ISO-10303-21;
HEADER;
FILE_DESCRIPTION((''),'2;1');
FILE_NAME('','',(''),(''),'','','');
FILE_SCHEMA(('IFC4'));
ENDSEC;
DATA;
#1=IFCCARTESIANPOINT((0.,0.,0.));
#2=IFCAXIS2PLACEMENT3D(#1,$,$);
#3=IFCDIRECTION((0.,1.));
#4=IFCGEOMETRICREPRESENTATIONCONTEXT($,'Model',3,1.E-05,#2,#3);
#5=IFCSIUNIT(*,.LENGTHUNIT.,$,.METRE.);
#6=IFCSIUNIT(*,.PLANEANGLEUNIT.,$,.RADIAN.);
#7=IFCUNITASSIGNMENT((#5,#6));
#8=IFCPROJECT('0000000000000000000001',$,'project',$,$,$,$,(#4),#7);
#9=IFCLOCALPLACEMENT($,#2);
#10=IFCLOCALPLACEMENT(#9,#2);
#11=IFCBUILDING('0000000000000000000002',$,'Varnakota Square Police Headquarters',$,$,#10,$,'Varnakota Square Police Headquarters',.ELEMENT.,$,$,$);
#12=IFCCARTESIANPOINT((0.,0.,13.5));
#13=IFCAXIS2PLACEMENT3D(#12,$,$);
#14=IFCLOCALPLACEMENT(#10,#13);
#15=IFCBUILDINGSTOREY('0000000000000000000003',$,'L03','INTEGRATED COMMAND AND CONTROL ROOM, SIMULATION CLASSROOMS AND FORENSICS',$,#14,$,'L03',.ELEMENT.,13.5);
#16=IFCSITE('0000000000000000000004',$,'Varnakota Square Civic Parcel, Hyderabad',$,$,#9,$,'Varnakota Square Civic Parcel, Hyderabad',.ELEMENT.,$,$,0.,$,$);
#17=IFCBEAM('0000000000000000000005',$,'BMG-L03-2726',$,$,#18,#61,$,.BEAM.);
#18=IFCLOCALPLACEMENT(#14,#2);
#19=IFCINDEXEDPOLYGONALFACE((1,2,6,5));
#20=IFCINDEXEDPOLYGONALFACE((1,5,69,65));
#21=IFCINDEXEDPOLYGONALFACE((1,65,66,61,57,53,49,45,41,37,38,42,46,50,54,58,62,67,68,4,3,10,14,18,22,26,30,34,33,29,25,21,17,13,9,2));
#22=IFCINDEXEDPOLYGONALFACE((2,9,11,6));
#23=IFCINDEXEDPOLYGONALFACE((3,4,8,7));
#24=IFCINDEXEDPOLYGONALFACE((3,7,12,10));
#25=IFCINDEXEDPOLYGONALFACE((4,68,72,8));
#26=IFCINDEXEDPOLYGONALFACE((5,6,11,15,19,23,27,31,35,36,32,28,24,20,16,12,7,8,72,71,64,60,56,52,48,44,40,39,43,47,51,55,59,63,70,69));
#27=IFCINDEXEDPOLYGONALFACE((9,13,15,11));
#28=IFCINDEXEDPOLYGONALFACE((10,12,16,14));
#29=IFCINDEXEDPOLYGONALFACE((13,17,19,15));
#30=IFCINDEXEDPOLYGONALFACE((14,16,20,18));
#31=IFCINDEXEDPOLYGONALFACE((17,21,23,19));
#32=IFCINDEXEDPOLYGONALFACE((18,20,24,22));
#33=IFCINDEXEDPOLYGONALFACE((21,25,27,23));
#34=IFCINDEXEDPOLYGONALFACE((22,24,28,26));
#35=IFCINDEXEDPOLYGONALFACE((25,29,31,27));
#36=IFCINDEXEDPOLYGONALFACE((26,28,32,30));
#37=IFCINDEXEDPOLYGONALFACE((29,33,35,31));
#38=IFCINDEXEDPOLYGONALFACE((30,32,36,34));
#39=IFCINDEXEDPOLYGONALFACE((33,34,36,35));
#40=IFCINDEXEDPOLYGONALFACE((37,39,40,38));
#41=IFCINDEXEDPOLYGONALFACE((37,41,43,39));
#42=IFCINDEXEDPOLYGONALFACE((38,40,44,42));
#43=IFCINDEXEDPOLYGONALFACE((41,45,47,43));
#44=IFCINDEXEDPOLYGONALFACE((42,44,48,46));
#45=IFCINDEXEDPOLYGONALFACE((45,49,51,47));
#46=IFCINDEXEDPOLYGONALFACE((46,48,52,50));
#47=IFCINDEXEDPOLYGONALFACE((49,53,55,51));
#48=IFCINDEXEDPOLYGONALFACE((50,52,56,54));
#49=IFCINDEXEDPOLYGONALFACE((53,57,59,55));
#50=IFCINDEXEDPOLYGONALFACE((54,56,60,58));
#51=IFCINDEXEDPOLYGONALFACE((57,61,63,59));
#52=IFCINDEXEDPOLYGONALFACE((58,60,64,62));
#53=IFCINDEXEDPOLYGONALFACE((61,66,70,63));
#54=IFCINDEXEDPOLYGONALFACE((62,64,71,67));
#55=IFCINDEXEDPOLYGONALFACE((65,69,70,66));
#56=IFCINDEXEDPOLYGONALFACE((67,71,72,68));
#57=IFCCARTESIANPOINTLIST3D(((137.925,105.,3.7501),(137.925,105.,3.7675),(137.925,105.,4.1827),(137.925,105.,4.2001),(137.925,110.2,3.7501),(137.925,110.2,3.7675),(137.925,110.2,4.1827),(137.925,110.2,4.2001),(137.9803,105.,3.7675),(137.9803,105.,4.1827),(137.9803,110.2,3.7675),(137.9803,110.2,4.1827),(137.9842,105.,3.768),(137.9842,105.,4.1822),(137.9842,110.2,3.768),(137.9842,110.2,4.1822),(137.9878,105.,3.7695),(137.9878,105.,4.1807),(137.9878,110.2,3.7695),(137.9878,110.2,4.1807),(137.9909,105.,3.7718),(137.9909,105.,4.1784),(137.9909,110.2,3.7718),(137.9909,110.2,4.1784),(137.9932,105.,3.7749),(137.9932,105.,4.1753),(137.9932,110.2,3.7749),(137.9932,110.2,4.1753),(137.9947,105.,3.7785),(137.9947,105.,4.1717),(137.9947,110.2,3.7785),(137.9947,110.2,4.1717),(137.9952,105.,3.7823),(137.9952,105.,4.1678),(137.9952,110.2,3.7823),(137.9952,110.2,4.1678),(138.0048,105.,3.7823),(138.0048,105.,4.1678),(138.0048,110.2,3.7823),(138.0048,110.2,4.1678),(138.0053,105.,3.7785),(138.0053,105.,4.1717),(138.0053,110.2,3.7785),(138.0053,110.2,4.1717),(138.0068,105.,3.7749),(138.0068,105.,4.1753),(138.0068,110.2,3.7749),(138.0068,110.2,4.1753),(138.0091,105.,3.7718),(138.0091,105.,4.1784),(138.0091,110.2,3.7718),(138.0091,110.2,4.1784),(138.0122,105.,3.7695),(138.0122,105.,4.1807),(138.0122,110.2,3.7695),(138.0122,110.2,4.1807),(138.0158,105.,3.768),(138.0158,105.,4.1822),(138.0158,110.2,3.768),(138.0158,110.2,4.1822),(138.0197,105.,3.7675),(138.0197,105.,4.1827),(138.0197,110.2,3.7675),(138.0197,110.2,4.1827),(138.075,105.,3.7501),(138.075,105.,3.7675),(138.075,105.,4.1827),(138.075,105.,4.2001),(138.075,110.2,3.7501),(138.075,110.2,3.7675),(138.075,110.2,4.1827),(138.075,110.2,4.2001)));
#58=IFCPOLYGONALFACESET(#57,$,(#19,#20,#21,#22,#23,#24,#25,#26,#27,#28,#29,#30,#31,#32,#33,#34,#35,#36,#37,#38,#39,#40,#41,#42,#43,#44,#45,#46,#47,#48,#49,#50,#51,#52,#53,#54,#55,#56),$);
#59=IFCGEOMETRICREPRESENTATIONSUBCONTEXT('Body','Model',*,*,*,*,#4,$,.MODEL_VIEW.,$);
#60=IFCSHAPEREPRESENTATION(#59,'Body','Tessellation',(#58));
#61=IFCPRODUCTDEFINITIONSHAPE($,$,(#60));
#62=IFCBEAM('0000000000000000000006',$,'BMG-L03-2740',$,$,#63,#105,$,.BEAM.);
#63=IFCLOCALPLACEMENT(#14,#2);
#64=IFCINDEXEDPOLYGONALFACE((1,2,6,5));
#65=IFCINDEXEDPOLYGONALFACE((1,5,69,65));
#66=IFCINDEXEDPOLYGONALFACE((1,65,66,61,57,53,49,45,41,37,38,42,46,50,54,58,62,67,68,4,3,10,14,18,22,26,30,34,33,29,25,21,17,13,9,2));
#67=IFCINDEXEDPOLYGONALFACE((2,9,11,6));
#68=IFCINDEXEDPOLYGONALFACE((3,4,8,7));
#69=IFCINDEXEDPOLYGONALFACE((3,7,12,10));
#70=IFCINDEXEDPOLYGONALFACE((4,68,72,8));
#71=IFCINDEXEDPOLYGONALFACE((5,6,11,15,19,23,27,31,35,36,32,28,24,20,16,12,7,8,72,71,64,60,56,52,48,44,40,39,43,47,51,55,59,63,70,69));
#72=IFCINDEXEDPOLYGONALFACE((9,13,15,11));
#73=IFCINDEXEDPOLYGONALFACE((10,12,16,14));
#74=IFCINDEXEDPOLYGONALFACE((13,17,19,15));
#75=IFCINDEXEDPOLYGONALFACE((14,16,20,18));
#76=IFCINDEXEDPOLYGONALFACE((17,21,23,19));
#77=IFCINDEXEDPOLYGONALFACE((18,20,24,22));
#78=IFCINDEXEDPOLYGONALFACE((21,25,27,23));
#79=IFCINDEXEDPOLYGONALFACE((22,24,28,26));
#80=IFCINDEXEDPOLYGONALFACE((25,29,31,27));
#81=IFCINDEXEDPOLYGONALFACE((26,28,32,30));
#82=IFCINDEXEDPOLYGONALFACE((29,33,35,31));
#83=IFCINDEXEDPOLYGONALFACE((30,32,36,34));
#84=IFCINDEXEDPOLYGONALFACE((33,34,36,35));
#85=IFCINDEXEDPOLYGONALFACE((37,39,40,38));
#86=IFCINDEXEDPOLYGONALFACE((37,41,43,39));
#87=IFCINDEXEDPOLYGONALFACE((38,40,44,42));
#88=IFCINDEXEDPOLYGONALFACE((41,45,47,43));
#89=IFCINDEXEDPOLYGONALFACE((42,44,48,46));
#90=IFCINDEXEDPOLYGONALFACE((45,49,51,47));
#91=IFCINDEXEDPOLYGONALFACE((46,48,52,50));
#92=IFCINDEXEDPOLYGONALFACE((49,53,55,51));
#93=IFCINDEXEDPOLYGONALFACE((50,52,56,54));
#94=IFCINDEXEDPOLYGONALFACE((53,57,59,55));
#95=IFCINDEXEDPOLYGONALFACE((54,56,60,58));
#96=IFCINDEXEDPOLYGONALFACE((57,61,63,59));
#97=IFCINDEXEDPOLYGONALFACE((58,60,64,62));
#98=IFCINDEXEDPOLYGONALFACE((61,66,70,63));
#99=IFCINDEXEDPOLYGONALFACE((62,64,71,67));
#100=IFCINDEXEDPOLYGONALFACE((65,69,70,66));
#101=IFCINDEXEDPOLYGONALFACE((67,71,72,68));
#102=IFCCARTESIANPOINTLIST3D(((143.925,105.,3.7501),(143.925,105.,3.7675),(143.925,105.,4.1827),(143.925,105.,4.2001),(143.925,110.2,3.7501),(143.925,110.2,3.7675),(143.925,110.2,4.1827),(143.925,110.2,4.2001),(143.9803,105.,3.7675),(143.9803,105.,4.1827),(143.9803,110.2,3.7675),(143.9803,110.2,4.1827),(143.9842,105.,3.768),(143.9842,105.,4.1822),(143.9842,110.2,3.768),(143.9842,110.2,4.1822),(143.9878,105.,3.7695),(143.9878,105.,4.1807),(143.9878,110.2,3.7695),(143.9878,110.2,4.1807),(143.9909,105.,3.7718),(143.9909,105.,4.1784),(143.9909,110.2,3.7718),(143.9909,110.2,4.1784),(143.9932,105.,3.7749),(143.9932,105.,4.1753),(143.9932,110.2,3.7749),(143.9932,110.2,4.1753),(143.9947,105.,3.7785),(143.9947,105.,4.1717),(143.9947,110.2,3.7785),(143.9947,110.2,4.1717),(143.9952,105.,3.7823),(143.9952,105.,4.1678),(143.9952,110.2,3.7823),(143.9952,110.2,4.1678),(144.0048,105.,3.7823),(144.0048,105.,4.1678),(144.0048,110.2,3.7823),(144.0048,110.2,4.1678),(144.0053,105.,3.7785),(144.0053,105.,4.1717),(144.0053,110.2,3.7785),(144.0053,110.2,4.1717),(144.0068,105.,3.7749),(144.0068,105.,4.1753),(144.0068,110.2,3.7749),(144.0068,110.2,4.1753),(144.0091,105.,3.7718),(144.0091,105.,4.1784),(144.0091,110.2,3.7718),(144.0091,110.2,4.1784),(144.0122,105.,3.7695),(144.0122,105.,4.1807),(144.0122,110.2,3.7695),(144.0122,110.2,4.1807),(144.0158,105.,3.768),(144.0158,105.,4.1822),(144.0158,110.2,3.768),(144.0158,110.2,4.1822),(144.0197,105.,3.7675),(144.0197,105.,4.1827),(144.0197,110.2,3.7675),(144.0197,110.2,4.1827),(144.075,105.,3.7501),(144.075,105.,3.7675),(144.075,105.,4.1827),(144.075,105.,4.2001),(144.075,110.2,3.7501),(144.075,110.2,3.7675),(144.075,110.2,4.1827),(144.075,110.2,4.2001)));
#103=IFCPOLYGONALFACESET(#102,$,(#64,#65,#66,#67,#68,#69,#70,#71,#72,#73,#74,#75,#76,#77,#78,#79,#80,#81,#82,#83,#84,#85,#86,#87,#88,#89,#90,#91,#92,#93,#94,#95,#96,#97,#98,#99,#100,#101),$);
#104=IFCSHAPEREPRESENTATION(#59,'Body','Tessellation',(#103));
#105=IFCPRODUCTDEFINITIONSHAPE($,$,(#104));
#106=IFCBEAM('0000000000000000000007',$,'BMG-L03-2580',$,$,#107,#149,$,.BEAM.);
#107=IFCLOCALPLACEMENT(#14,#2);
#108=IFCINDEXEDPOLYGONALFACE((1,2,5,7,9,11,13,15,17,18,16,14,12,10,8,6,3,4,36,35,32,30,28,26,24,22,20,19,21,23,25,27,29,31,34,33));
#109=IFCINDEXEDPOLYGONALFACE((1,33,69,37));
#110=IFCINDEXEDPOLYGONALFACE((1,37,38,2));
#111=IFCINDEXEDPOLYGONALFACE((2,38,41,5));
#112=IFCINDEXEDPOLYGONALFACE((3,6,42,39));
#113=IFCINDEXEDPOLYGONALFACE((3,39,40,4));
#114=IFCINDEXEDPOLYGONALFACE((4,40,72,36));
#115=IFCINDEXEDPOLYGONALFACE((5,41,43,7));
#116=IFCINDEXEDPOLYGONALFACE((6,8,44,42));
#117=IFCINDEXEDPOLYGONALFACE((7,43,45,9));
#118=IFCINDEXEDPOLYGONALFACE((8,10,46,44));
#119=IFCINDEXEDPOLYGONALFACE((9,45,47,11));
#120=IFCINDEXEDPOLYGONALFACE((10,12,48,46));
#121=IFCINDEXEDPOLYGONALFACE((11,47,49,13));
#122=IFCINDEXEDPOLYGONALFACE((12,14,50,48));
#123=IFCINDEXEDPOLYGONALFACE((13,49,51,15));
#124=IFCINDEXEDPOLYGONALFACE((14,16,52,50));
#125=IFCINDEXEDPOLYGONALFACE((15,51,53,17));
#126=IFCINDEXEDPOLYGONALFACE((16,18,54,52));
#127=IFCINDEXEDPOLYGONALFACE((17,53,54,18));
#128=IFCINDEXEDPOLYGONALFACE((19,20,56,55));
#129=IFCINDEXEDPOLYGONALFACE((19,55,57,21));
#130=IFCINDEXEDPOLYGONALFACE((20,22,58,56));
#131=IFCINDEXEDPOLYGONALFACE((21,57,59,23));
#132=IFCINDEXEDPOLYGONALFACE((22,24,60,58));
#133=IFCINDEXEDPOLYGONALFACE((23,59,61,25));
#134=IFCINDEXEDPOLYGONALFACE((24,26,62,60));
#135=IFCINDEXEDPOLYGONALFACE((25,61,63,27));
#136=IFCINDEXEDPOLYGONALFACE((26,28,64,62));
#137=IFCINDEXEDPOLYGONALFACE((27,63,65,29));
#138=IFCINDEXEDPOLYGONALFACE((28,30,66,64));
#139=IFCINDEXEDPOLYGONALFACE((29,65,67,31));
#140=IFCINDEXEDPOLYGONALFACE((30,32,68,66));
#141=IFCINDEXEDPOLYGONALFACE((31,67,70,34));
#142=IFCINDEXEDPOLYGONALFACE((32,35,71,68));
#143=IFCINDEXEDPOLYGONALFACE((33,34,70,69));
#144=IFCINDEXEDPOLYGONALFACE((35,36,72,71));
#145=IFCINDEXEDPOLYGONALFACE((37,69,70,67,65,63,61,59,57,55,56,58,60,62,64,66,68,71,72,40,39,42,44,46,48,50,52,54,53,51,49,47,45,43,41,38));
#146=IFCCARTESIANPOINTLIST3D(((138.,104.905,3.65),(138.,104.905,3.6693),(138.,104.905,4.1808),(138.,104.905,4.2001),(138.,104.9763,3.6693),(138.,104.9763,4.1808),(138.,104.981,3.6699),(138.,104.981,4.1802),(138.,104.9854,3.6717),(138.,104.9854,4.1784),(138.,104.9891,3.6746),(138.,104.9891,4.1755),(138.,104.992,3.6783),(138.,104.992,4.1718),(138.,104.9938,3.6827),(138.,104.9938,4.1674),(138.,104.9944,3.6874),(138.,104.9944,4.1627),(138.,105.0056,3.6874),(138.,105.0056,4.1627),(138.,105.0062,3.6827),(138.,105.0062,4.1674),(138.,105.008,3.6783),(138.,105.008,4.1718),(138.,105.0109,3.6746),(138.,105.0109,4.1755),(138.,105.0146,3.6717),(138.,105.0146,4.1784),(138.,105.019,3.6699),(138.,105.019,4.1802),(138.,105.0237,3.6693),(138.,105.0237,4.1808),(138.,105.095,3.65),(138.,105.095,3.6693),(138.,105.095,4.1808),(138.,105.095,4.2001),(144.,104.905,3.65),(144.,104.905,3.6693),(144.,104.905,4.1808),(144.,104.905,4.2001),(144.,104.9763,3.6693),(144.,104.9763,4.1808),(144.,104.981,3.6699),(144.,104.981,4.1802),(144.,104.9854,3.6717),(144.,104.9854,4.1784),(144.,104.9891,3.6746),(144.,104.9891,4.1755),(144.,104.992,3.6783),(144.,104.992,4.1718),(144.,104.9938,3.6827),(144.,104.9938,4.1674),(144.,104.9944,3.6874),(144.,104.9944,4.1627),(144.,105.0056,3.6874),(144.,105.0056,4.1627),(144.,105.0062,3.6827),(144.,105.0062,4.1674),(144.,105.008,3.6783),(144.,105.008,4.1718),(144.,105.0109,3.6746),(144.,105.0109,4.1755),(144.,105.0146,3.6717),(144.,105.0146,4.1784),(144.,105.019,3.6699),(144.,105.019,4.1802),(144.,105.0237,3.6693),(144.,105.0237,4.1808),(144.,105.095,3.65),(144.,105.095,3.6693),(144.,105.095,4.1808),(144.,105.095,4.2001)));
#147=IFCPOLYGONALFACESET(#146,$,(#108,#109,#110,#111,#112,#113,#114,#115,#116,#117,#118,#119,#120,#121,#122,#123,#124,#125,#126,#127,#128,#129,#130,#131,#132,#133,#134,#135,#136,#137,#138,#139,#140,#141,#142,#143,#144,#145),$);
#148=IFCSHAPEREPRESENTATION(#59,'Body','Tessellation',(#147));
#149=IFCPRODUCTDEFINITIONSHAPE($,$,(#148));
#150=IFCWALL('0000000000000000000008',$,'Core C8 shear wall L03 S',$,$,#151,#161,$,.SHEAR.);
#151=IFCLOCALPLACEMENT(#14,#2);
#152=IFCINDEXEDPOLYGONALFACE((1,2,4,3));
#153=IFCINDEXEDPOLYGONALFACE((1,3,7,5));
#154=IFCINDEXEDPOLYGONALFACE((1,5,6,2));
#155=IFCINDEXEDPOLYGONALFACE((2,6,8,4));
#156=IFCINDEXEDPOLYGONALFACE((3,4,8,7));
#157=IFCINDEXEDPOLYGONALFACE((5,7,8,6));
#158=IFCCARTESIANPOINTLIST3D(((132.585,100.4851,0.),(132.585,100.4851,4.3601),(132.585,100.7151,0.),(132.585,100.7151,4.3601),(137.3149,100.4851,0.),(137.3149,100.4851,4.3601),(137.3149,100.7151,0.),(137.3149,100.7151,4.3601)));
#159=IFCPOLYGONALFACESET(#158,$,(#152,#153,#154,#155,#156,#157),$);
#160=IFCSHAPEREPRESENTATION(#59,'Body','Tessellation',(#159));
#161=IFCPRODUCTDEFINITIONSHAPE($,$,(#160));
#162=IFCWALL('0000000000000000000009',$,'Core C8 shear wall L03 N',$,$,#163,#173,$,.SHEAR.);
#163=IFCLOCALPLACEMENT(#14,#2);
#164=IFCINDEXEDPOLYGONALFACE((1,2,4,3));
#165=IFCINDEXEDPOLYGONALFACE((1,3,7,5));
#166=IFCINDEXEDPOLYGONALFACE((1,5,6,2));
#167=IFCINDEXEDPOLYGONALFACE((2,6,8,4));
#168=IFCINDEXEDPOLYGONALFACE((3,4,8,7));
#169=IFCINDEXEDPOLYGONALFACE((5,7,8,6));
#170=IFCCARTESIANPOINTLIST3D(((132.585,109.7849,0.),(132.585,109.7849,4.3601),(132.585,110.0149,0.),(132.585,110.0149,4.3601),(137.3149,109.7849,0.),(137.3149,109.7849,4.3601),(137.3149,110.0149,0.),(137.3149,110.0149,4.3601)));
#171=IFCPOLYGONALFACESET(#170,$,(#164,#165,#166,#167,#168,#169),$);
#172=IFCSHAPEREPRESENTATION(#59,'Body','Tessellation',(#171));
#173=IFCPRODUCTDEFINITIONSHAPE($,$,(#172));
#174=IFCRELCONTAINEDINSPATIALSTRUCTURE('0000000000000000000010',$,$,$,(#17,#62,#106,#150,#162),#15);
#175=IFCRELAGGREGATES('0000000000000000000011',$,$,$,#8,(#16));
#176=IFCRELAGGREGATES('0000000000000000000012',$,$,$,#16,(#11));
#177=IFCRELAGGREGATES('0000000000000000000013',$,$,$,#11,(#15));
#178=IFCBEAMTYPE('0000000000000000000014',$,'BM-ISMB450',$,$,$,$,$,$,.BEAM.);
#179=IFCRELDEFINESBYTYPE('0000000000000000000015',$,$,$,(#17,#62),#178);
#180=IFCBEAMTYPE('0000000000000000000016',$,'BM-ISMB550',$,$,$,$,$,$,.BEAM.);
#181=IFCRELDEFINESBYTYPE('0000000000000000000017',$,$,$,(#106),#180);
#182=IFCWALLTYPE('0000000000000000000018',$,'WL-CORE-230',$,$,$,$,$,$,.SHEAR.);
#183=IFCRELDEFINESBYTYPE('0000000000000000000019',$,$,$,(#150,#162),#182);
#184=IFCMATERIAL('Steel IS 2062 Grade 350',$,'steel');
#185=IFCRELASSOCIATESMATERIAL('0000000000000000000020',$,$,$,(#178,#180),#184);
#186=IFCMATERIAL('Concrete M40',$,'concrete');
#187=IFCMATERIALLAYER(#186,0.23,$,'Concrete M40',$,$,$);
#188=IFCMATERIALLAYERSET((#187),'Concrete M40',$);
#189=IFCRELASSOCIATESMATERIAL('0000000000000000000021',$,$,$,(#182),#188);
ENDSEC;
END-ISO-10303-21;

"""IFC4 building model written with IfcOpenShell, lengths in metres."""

from ifc_helpers import new_model, si_unit, direction, frame, frame_2d, origin, origin_2d, place, context, subcontext, project, spatial, rectangle, i_section, extrude, material, layer, layer_set, material_profile, profile_set, type_object, element, save


model = new_model("IFC4")

# Units and contexts
model_context = context("Model", 3, precision=1e-05, world=origin(), true_north=direction((0.0, 1.0)))
body_context = subcontext(model_context, "Body", "Model", "MODEL_VIEW")
ifc_project = project(units=[si_unit("LENGTHUNIT", "METRE"), si_unit("PLANEANGLEUNIT", "RADIAN")], contexts=[model_context])

# Site, building, storey
site_placement = place(None, origin())
site = spatial("IfcSite", under=ifc_project, at=site_placement, Name="Varnakota Square Civic Parcel, Hyderabad", LongName="Varnakota Square Civic Parcel, Hyderabad", CompositionType="ELEMENT", RefElevation=0.0)
building_placement = place(site_placement, origin())
building = spatial("IfcBuilding", under=site, at=building_placement, Name="Varnakota Square Police Headquarters", LongName="Varnakota Square Police Headquarters", CompositionType="ELEMENT")
storey_placement = place(building_placement, frame((0.0, 0.0, 13.5)))
storey = spatial("IfcBuildingStorey", under=building, at=storey_placement, Name="L03", Description="INTEGRATED COMMAND AND CONTROL ROOM, SIMULATION CLASSROOMS AND FORENSICS", LongName="L03", CompositionType="ELEMENT", Elevation=13.5)

# Shared definitions
ifc_material_1 = material(Name="Steel IS 2062 Grade 350", Category="steel")

# Beams
ifc_material_profile_1 = material_profile(ifc_material_1, i_section(OverallWidth=0.1499, OverallDepth=0.45, WebThickness=0.0095, FlangeThickness=0.0173, FilletRadius=0.0149, at=origin_2d()), Name="ISMB 450")
ifc_profile_set_1 = profile_set([ifc_material_profile_1], Name="Steel IS 2062 Grade 350")
beam_type_1 = type_object("IfcBeamType", Name="BM-ISMB450", PredefinedType="BEAM", material=ifc_profile_set_1)
for number, where, z_axis, x_axis, name in (
    (1, (138.0, 105.0, 3.9751), (0.0, 1.0, 0.0), (-1.0, 0.0, 0.0), "BMG-L03-2726"),
    (2, (144.0, 105.0, 3.9751), (0.0, 1.0, 0.0), (-1.0, 0.0, 0.0), "BMG-L03-2740"),
):
    element("IfcBeam", number, at=place(storey_placement, frame(where, z_axis=z_axis, x_axis=x_axis)), inside=storey, type_object=beam_type_1, Name=name, PredefinedType="BEAM", context=body_context, shape_type="SweptSolid", body=[
        extrude(i_section(OverallWidth=0.1499, OverallDepth=0.45, WebThickness=0.0095, FlangeThickness=0.0173, FilletRadius=0.0149, at=origin_2d()), origin(), (0.0, 0.0, 1.0), 5.2),
    ])
ifc_material_profile_2 = material_profile(ifc_material_1, i_section(OverallWidth=0.1899, OverallDepth=0.55, WebThickness=0.0112, FlangeThickness=0.0193, FilletRadius=0.0181, at=origin_2d()), Name="ISMB 550")
ifc_profile_set_2 = profile_set([ifc_material_profile_2], Name="Steel IS 2062 Grade 350")
beam_type_2 = type_object("IfcBeamType", Name="BM-ISMB550", PredefinedType="BEAM", material=ifc_profile_set_2)
beam_1_placement = place(storey_placement, frame((138.0, 105.0, 3.925), z_axis=(1.0, 0.0, 0.0), x_axis=(0.0, 1.0, 0.0)))
element("IfcBeam", 3, at=beam_1_placement, inside=storey, type_object=beam_type_2, Name="BMG-L03-2580", PredefinedType="BEAM", context=body_context, shape_type="SweptSolid", body=[
    extrude(i_section(OverallWidth=0.1899, OverallDepth=0.55, WebThickness=0.0112, FlangeThickness=0.0193, FilletRadius=0.0181, at=origin_2d()), origin(), (0.0, 0.0, 1.0), 6.0),
])

# Walls
ifc_material_2 = material(Name="Concrete M40", Category="concrete")
ifc_layer_1 = layer(ifc_material_2, 0.23, Name="Concrete M40")
ifc_layer_set_1 = layer_set([ifc_layer_1], Name="Concrete M40")
wall_type_1 = type_object("IfcWallType", Name="WL-CORE-230", PredefinedType="SHEAR", material=ifc_layer_set_1)
for number, where, z_axis, x_axis, name in (
    (4, (132.585, 100.6001, 0.0), (0.0, 0.0, 1.0), (1.0, 0.0, 0.0), "Core C8 shear wall L03 S"),
    (5, (137.3149, 109.8999, 0.0), (0.0, 0.0, 1.0), (-1.0, 0.0, 0.0), "Core C8 shear wall L03 N"),
):
    element("IfcWall", number, at=place(storey_placement, frame(where, z_axis=z_axis, x_axis=x_axis)), inside=storey, type_object=wall_type_1, Name=name, PredefinedType="SHEAR", context=body_context, shape_type="SweptSolid", body=[
        extrude(rectangle(XDim=4.73, YDim=0.23, at=frame_2d((2.365, 0.0))), origin(), (0.0, 0.0, 1.0), 4.3601),
    ])

save(model, "model.ifc")
